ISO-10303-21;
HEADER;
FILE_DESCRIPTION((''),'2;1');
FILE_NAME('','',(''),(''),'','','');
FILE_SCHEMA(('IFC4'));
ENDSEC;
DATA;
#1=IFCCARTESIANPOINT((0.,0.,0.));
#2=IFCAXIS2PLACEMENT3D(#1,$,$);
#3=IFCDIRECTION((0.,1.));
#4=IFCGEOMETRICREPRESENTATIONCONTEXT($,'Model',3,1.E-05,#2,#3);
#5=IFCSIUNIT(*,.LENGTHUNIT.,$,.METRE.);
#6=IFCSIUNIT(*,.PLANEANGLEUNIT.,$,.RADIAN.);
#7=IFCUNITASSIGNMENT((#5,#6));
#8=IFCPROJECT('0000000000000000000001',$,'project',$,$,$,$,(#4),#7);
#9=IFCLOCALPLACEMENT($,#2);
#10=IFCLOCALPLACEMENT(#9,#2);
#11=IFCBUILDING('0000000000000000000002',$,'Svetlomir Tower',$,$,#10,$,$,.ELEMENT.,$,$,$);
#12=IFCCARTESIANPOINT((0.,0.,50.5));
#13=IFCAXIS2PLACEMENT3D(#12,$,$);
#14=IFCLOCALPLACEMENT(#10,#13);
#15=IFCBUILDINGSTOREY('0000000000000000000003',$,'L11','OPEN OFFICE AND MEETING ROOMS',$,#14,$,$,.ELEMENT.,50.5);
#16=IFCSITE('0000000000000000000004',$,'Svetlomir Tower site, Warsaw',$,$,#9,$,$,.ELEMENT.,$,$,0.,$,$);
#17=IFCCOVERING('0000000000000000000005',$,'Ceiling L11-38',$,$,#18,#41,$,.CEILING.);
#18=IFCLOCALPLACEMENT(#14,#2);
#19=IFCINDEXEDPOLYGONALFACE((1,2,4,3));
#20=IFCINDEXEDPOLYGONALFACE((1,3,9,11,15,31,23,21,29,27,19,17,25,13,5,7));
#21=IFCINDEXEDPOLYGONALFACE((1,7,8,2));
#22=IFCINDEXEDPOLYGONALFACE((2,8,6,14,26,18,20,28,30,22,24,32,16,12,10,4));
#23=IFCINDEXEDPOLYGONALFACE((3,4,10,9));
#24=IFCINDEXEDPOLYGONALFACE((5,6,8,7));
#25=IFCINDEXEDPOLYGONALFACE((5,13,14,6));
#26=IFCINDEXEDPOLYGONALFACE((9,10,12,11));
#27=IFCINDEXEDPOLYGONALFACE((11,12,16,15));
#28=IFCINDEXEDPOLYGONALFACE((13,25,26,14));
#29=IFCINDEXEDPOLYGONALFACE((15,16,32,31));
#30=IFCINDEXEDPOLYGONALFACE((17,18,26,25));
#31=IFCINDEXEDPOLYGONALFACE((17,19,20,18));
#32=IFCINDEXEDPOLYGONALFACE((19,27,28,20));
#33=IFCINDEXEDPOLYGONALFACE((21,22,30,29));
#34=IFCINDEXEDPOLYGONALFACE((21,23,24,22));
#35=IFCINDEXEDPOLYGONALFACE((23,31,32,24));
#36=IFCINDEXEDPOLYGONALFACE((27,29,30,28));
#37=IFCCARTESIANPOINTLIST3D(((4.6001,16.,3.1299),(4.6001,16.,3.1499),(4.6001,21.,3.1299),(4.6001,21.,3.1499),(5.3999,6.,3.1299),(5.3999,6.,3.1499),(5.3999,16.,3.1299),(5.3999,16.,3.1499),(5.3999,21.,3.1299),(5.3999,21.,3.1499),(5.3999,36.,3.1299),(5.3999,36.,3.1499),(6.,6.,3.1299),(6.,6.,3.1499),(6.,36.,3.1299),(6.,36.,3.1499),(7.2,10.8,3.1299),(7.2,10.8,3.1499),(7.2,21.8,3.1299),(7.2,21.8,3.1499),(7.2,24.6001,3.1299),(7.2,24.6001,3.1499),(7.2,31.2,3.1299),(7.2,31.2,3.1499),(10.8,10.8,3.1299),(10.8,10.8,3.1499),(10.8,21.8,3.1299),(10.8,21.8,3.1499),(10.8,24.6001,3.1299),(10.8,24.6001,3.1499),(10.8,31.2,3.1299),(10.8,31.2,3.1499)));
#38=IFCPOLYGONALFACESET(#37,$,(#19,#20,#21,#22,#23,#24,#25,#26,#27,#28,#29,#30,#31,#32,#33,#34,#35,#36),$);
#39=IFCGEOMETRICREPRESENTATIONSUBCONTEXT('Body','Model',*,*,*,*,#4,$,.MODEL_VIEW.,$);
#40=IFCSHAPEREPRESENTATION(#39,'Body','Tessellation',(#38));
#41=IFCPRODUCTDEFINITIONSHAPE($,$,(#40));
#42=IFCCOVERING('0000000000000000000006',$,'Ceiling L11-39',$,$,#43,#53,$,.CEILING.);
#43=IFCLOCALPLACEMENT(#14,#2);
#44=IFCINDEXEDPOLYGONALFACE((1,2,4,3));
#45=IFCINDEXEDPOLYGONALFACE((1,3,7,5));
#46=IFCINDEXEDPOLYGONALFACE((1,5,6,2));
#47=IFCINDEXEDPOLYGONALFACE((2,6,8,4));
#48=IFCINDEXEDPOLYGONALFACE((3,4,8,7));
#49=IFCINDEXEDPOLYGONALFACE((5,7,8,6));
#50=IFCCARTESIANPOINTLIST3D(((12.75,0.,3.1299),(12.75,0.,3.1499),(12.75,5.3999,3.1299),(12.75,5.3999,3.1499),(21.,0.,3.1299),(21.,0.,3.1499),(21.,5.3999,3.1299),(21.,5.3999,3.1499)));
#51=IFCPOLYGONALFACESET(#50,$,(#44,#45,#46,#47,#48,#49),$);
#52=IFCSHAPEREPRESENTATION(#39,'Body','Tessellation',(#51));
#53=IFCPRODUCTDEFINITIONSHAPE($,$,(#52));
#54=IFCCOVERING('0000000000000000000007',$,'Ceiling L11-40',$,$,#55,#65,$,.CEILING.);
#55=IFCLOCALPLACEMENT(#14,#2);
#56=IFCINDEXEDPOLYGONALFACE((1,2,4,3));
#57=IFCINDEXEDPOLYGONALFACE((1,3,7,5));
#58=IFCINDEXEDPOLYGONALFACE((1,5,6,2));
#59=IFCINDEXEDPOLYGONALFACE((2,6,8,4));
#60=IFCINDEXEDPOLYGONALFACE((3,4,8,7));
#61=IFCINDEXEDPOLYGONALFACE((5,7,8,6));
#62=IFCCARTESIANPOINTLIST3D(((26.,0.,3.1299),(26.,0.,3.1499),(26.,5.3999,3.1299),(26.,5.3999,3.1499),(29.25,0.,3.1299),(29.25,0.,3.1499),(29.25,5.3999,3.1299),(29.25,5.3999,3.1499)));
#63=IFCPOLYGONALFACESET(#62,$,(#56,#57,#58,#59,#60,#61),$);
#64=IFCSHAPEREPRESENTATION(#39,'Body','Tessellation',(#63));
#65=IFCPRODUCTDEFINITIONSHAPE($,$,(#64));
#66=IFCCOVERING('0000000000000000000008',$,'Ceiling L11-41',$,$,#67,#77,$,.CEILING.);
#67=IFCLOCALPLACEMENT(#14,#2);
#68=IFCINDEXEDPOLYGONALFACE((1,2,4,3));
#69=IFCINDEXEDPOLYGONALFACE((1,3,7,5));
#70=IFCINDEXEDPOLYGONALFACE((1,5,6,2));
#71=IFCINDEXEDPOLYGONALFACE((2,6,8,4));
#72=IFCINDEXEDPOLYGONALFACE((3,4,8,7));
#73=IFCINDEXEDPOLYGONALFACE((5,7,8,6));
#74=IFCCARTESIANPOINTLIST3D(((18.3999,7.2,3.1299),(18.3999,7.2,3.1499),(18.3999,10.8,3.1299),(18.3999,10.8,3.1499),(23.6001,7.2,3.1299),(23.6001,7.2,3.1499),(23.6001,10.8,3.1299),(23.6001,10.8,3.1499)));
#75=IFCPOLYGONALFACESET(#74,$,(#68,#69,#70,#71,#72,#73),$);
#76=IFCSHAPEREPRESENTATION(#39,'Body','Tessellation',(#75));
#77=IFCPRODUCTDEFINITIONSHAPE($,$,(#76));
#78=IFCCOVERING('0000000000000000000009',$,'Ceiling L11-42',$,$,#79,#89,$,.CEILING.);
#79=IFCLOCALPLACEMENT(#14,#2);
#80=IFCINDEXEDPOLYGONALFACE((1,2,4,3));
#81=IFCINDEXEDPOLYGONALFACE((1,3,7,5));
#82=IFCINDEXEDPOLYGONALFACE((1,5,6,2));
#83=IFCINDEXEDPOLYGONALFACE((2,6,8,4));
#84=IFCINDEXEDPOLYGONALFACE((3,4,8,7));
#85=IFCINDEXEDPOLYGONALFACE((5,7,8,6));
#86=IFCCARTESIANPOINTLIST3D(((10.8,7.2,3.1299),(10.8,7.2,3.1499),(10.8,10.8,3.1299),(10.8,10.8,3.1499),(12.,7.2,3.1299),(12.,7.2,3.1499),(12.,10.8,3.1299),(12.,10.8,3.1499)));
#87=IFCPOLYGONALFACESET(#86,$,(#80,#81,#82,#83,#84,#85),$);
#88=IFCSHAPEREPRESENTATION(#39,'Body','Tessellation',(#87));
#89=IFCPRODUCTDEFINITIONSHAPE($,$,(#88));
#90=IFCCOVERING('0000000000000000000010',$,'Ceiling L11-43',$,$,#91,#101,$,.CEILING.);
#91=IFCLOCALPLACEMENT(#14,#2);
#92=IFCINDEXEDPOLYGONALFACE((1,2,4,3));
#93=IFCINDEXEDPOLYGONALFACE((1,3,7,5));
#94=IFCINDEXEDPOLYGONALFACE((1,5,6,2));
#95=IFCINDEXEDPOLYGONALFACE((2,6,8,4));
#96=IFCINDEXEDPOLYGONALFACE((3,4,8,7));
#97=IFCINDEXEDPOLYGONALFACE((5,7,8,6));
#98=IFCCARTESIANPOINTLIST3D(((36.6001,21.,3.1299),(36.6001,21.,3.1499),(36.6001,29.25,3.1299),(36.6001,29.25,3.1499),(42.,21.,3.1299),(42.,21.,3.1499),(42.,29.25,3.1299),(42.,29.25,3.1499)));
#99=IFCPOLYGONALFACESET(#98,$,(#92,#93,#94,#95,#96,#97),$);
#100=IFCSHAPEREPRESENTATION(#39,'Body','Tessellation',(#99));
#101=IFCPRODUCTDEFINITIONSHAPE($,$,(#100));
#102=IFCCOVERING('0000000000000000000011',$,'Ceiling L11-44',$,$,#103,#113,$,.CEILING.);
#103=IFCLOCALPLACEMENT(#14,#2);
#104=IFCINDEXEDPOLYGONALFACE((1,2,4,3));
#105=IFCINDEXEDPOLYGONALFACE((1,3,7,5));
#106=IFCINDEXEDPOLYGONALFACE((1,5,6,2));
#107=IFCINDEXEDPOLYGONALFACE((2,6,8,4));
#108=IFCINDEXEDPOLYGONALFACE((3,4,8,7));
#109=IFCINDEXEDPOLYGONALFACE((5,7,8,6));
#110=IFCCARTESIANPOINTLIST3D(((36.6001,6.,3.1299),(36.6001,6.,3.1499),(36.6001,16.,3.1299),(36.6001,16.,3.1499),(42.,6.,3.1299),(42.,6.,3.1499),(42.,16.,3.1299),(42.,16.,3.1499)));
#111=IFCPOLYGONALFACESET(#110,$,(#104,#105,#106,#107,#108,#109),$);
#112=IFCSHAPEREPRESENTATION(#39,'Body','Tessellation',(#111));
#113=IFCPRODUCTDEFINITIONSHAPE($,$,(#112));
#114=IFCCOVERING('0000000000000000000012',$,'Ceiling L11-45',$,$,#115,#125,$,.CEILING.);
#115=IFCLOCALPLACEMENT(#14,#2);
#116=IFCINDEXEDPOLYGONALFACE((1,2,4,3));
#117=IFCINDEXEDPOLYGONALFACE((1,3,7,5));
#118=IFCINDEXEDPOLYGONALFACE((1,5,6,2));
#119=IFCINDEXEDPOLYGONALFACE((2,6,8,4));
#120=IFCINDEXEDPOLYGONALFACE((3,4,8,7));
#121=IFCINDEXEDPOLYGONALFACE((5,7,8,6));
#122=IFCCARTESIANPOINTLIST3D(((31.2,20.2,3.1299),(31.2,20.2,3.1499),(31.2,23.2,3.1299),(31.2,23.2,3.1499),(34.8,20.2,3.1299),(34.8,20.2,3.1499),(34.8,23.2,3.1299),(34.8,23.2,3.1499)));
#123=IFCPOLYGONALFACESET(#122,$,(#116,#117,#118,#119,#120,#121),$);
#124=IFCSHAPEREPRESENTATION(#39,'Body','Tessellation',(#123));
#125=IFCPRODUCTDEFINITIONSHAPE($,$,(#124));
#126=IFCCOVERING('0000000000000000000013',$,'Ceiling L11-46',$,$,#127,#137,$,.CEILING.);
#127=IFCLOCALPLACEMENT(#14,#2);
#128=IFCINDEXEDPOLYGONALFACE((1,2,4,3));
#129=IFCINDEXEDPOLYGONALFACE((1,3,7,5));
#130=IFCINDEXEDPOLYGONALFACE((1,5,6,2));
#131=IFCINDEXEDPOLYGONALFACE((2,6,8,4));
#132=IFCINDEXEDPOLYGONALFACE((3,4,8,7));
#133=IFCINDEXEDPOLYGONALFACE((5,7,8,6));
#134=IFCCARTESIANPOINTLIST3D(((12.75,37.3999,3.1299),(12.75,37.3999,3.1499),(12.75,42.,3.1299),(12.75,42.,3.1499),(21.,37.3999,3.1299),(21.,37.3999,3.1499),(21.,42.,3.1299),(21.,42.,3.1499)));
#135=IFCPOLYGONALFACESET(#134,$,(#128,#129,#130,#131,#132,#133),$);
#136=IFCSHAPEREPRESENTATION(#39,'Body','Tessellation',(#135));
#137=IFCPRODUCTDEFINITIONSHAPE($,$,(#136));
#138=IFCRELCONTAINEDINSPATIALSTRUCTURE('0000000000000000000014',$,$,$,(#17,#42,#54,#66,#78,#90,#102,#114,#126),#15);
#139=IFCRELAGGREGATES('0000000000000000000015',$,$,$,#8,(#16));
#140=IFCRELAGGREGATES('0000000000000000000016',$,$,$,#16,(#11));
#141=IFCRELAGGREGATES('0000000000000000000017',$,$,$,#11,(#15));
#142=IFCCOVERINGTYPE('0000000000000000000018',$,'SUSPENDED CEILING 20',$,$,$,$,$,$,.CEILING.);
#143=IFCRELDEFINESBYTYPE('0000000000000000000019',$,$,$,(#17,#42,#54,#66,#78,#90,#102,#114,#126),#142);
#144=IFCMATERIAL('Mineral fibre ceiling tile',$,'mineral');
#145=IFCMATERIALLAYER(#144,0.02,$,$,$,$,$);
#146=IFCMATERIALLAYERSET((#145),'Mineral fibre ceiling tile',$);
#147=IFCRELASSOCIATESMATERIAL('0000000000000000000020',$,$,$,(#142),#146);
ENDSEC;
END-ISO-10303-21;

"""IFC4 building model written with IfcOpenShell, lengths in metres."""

from ifc_helpers import new_model, si_unit, direction, frame, origin, place, context, subcontext, project, spatial, polyline, outline, extrude, material, layer, layer_set, type_object, element, save


model = new_model("IFC4")

# Units and contexts
model_context = context("Model", 3, precision=1e-05, world=origin(), true_north=direction((0.0, 1.0)))
body_context = subcontext(model_context, "Body", "Model", "MODEL_VIEW")
ifc_project = project(units=[si_unit("LENGTHUNIT", "METRE"), si_unit("PLANEANGLEUNIT", "RADIAN")], contexts=[model_context])

# Site, building, storey
site_placement = place(None, origin())
site = spatial("IfcSite", under=ifc_project, at=site_placement, Name="Svetlomir Tower site, Warsaw", CompositionType="ELEMENT", RefElevation=0.0)
building_placement = place(site_placement, origin())
building = spatial("IfcBuilding", under=site, at=building_placement, Name="Svetlomir Tower", CompositionType="ELEMENT")
storey_placement = place(building_placement, frame((0.0, 0.0, 50.5)))
storey = spatial("IfcBuildingStorey", under=building, at=storey_placement, Name="L11", Description="OPEN OFFICE AND MEETING ROOMS", CompositionType="ELEMENT", Elevation=50.5)

# Coverings
ifc_material_1 = material(Name="Mineral fibre ceiling tile", Category="mineral")
ifc_layer_1 = layer(ifc_material_1, 0.02)
ifc_layer_set_1 = layer_set([ifc_layer_1], Name="Mineral fibre ceiling tile")
covering_type_1 = type_object("IfcCoveringType", Name="SUSPENDED CEILING 20", PredefinedType="CEILING", material=ifc_layer_set_1)
covering_1_placement = place(storey_placement, frame((0.0, 0.0, 3.1299)))
element("IfcCovering", 1, at=covering_1_placement, inside=storey, type_object=covering_type_1, Name="Ceiling L11-38", PredefinedType="CEILING", context=body_context, shape_type="SweptSolid", body=[
    extrude(outline(polyline([(5.3999, 6.0), (5.3999, 16.0), (4.6001, 16.0), (4.6001, 21.0), (5.3999, 21.0), (5.3999, 36.0), (6.0, 36.0), (10.8, 31.2), (7.2, 31.2), (7.2, 24.6001), (10.8, 24.6001), (10.8, 21.8), (7.2, 21.8), (7.2, 10.8), (10.8, 10.8), (6.0, 6.0), (5.3999, 6.0)])), origin(), (0.0, 0.0, 1.0), 0.02),
])
covering_2_placement = place(storey_placement, frame((0.0, 0.0, 3.1299)))
element("IfcCovering", 2, at=covering_2_placement, inside=storey, type_object=covering_type_1, Name="Ceiling L11-39", PredefinedType="CEILING", context=body_context, shape_type="SweptSolid", body=[
    extrude(outline(polyline([(12.75, 5.3999), (21.0, 5.3999), (21.0, 0.0), (12.75, 0.0), (12.75, 5.3999)])), origin(), (0.0, 0.0, 1.0), 0.02),
])
covering_3_placement = place(storey_placement, frame((0.0, 0.0, 3.1299)))
element("IfcCovering", 3, at=covering_3_placement, inside=storey, type_object=covering_type_1, Name="Ceiling L11-40", PredefinedType="CEILING", context=body_context, shape_type="SweptSolid", body=[
    extrude(outline(polyline([(26.0, 0.0), (26.0, 5.3999), (29.25, 5.3999), (29.25, 0.0), (26.0, 0.0)])), origin(), (0.0, 0.0, 1.0), 0.02),
])
covering_4_placement = place(storey_placement, frame((0.0, 0.0, 3.1299)))
element("IfcCovering", 4, at=covering_4_placement, inside=storey, type_object=covering_type_1, Name="Ceiling L11-41", PredefinedType="CEILING", context=body_context, shape_type="SweptSolid", body=[
    extrude(outline(polyline([(23.6001, 10.8), (23.6001, 7.2), (18.3999, 7.2), (18.3999, 10.8), (23.6001, 10.8)])), origin(), (0.0, 0.0, 1.0), 0.02),
])
covering_5_placement = place(storey_placement, frame((0.0, 0.0, 3.1299)))
element("IfcCovering", 5, at=covering_5_placement, inside=storey, type_object=covering_type_1, Name="Ceiling L11-42", PredefinedType="CEILING", context=body_context, shape_type="SweptSolid", body=[
    extrude(outline(polyline([(12.0, 7.2), (10.8, 7.2), (10.8, 10.8), (12.0, 10.8), (12.0, 7.2)])), origin(), (0.0, 0.0, 1.0), 0.02),
])
covering_6_placement = place(storey_placement, frame((0.0, 0.0, 3.1299)))
element("IfcCovering", 6, at=covering_6_placement, inside=storey, type_object=covering_type_1, Name="Ceiling L11-43", PredefinedType="CEILING", context=body_context, shape_type="SweptSolid", body=[
    extrude(outline(polyline([(42.0, 21.0), (36.6001, 21.0), (36.6001, 29.25), (42.0, 29.25), (42.0, 21.0)])), origin(), (0.0, 0.0, 1.0), 0.02),
])
covering_7_placement = place(storey_placement, frame((0.0, 0.0, 3.1299)))
element("IfcCovering", 7, at=covering_7_placement, inside=storey, type_object=covering_type_1, Name="Ceiling L11-44", PredefinedType="CEILING", context=body_context, shape_type="SweptSolid", body=[
    extrude(outline(polyline([(42.0, 6.0), (36.6001, 6.0), (36.6001, 16.0), (42.0, 16.0), (42.0, 6.0)])), origin(), (0.0, 0.0, 1.0), 0.02),
])
covering_8_placement = place(storey_placement, frame((0.0, 0.0, 3.1299)))
element("IfcCovering", 8, at=covering_8_placement, inside=storey, type_object=covering_type_1, Name="Ceiling L11-45", PredefinedType="CEILING", context=body_context, shape_type="SweptSolid", body=[
    extrude(outline(polyline([(31.2, 23.2), (34.8, 23.2), (34.8, 20.2), (31.2, 20.2), (31.2, 23.2)])), origin(), (0.0, 0.0, 1.0), 0.02),
])
covering_9_placement = place(storey_placement, frame((0.0, 0.0, 3.1299)))
element("IfcCovering", 9, at=covering_9_placement, inside=storey, type_object=covering_type_1, Name="Ceiling L11-46", PredefinedType="CEILING", context=body_context, shape_type="SweptSolid", body=[
    extrude(outline(polyline([(21.0, 42.0), (21.0, 37.3999), (12.75, 37.3999), (12.75, 42.0), (21.0, 42.0)])), origin(), (0.0, 0.0, 1.0), 0.02),
])

save(model, "model.ifc")
